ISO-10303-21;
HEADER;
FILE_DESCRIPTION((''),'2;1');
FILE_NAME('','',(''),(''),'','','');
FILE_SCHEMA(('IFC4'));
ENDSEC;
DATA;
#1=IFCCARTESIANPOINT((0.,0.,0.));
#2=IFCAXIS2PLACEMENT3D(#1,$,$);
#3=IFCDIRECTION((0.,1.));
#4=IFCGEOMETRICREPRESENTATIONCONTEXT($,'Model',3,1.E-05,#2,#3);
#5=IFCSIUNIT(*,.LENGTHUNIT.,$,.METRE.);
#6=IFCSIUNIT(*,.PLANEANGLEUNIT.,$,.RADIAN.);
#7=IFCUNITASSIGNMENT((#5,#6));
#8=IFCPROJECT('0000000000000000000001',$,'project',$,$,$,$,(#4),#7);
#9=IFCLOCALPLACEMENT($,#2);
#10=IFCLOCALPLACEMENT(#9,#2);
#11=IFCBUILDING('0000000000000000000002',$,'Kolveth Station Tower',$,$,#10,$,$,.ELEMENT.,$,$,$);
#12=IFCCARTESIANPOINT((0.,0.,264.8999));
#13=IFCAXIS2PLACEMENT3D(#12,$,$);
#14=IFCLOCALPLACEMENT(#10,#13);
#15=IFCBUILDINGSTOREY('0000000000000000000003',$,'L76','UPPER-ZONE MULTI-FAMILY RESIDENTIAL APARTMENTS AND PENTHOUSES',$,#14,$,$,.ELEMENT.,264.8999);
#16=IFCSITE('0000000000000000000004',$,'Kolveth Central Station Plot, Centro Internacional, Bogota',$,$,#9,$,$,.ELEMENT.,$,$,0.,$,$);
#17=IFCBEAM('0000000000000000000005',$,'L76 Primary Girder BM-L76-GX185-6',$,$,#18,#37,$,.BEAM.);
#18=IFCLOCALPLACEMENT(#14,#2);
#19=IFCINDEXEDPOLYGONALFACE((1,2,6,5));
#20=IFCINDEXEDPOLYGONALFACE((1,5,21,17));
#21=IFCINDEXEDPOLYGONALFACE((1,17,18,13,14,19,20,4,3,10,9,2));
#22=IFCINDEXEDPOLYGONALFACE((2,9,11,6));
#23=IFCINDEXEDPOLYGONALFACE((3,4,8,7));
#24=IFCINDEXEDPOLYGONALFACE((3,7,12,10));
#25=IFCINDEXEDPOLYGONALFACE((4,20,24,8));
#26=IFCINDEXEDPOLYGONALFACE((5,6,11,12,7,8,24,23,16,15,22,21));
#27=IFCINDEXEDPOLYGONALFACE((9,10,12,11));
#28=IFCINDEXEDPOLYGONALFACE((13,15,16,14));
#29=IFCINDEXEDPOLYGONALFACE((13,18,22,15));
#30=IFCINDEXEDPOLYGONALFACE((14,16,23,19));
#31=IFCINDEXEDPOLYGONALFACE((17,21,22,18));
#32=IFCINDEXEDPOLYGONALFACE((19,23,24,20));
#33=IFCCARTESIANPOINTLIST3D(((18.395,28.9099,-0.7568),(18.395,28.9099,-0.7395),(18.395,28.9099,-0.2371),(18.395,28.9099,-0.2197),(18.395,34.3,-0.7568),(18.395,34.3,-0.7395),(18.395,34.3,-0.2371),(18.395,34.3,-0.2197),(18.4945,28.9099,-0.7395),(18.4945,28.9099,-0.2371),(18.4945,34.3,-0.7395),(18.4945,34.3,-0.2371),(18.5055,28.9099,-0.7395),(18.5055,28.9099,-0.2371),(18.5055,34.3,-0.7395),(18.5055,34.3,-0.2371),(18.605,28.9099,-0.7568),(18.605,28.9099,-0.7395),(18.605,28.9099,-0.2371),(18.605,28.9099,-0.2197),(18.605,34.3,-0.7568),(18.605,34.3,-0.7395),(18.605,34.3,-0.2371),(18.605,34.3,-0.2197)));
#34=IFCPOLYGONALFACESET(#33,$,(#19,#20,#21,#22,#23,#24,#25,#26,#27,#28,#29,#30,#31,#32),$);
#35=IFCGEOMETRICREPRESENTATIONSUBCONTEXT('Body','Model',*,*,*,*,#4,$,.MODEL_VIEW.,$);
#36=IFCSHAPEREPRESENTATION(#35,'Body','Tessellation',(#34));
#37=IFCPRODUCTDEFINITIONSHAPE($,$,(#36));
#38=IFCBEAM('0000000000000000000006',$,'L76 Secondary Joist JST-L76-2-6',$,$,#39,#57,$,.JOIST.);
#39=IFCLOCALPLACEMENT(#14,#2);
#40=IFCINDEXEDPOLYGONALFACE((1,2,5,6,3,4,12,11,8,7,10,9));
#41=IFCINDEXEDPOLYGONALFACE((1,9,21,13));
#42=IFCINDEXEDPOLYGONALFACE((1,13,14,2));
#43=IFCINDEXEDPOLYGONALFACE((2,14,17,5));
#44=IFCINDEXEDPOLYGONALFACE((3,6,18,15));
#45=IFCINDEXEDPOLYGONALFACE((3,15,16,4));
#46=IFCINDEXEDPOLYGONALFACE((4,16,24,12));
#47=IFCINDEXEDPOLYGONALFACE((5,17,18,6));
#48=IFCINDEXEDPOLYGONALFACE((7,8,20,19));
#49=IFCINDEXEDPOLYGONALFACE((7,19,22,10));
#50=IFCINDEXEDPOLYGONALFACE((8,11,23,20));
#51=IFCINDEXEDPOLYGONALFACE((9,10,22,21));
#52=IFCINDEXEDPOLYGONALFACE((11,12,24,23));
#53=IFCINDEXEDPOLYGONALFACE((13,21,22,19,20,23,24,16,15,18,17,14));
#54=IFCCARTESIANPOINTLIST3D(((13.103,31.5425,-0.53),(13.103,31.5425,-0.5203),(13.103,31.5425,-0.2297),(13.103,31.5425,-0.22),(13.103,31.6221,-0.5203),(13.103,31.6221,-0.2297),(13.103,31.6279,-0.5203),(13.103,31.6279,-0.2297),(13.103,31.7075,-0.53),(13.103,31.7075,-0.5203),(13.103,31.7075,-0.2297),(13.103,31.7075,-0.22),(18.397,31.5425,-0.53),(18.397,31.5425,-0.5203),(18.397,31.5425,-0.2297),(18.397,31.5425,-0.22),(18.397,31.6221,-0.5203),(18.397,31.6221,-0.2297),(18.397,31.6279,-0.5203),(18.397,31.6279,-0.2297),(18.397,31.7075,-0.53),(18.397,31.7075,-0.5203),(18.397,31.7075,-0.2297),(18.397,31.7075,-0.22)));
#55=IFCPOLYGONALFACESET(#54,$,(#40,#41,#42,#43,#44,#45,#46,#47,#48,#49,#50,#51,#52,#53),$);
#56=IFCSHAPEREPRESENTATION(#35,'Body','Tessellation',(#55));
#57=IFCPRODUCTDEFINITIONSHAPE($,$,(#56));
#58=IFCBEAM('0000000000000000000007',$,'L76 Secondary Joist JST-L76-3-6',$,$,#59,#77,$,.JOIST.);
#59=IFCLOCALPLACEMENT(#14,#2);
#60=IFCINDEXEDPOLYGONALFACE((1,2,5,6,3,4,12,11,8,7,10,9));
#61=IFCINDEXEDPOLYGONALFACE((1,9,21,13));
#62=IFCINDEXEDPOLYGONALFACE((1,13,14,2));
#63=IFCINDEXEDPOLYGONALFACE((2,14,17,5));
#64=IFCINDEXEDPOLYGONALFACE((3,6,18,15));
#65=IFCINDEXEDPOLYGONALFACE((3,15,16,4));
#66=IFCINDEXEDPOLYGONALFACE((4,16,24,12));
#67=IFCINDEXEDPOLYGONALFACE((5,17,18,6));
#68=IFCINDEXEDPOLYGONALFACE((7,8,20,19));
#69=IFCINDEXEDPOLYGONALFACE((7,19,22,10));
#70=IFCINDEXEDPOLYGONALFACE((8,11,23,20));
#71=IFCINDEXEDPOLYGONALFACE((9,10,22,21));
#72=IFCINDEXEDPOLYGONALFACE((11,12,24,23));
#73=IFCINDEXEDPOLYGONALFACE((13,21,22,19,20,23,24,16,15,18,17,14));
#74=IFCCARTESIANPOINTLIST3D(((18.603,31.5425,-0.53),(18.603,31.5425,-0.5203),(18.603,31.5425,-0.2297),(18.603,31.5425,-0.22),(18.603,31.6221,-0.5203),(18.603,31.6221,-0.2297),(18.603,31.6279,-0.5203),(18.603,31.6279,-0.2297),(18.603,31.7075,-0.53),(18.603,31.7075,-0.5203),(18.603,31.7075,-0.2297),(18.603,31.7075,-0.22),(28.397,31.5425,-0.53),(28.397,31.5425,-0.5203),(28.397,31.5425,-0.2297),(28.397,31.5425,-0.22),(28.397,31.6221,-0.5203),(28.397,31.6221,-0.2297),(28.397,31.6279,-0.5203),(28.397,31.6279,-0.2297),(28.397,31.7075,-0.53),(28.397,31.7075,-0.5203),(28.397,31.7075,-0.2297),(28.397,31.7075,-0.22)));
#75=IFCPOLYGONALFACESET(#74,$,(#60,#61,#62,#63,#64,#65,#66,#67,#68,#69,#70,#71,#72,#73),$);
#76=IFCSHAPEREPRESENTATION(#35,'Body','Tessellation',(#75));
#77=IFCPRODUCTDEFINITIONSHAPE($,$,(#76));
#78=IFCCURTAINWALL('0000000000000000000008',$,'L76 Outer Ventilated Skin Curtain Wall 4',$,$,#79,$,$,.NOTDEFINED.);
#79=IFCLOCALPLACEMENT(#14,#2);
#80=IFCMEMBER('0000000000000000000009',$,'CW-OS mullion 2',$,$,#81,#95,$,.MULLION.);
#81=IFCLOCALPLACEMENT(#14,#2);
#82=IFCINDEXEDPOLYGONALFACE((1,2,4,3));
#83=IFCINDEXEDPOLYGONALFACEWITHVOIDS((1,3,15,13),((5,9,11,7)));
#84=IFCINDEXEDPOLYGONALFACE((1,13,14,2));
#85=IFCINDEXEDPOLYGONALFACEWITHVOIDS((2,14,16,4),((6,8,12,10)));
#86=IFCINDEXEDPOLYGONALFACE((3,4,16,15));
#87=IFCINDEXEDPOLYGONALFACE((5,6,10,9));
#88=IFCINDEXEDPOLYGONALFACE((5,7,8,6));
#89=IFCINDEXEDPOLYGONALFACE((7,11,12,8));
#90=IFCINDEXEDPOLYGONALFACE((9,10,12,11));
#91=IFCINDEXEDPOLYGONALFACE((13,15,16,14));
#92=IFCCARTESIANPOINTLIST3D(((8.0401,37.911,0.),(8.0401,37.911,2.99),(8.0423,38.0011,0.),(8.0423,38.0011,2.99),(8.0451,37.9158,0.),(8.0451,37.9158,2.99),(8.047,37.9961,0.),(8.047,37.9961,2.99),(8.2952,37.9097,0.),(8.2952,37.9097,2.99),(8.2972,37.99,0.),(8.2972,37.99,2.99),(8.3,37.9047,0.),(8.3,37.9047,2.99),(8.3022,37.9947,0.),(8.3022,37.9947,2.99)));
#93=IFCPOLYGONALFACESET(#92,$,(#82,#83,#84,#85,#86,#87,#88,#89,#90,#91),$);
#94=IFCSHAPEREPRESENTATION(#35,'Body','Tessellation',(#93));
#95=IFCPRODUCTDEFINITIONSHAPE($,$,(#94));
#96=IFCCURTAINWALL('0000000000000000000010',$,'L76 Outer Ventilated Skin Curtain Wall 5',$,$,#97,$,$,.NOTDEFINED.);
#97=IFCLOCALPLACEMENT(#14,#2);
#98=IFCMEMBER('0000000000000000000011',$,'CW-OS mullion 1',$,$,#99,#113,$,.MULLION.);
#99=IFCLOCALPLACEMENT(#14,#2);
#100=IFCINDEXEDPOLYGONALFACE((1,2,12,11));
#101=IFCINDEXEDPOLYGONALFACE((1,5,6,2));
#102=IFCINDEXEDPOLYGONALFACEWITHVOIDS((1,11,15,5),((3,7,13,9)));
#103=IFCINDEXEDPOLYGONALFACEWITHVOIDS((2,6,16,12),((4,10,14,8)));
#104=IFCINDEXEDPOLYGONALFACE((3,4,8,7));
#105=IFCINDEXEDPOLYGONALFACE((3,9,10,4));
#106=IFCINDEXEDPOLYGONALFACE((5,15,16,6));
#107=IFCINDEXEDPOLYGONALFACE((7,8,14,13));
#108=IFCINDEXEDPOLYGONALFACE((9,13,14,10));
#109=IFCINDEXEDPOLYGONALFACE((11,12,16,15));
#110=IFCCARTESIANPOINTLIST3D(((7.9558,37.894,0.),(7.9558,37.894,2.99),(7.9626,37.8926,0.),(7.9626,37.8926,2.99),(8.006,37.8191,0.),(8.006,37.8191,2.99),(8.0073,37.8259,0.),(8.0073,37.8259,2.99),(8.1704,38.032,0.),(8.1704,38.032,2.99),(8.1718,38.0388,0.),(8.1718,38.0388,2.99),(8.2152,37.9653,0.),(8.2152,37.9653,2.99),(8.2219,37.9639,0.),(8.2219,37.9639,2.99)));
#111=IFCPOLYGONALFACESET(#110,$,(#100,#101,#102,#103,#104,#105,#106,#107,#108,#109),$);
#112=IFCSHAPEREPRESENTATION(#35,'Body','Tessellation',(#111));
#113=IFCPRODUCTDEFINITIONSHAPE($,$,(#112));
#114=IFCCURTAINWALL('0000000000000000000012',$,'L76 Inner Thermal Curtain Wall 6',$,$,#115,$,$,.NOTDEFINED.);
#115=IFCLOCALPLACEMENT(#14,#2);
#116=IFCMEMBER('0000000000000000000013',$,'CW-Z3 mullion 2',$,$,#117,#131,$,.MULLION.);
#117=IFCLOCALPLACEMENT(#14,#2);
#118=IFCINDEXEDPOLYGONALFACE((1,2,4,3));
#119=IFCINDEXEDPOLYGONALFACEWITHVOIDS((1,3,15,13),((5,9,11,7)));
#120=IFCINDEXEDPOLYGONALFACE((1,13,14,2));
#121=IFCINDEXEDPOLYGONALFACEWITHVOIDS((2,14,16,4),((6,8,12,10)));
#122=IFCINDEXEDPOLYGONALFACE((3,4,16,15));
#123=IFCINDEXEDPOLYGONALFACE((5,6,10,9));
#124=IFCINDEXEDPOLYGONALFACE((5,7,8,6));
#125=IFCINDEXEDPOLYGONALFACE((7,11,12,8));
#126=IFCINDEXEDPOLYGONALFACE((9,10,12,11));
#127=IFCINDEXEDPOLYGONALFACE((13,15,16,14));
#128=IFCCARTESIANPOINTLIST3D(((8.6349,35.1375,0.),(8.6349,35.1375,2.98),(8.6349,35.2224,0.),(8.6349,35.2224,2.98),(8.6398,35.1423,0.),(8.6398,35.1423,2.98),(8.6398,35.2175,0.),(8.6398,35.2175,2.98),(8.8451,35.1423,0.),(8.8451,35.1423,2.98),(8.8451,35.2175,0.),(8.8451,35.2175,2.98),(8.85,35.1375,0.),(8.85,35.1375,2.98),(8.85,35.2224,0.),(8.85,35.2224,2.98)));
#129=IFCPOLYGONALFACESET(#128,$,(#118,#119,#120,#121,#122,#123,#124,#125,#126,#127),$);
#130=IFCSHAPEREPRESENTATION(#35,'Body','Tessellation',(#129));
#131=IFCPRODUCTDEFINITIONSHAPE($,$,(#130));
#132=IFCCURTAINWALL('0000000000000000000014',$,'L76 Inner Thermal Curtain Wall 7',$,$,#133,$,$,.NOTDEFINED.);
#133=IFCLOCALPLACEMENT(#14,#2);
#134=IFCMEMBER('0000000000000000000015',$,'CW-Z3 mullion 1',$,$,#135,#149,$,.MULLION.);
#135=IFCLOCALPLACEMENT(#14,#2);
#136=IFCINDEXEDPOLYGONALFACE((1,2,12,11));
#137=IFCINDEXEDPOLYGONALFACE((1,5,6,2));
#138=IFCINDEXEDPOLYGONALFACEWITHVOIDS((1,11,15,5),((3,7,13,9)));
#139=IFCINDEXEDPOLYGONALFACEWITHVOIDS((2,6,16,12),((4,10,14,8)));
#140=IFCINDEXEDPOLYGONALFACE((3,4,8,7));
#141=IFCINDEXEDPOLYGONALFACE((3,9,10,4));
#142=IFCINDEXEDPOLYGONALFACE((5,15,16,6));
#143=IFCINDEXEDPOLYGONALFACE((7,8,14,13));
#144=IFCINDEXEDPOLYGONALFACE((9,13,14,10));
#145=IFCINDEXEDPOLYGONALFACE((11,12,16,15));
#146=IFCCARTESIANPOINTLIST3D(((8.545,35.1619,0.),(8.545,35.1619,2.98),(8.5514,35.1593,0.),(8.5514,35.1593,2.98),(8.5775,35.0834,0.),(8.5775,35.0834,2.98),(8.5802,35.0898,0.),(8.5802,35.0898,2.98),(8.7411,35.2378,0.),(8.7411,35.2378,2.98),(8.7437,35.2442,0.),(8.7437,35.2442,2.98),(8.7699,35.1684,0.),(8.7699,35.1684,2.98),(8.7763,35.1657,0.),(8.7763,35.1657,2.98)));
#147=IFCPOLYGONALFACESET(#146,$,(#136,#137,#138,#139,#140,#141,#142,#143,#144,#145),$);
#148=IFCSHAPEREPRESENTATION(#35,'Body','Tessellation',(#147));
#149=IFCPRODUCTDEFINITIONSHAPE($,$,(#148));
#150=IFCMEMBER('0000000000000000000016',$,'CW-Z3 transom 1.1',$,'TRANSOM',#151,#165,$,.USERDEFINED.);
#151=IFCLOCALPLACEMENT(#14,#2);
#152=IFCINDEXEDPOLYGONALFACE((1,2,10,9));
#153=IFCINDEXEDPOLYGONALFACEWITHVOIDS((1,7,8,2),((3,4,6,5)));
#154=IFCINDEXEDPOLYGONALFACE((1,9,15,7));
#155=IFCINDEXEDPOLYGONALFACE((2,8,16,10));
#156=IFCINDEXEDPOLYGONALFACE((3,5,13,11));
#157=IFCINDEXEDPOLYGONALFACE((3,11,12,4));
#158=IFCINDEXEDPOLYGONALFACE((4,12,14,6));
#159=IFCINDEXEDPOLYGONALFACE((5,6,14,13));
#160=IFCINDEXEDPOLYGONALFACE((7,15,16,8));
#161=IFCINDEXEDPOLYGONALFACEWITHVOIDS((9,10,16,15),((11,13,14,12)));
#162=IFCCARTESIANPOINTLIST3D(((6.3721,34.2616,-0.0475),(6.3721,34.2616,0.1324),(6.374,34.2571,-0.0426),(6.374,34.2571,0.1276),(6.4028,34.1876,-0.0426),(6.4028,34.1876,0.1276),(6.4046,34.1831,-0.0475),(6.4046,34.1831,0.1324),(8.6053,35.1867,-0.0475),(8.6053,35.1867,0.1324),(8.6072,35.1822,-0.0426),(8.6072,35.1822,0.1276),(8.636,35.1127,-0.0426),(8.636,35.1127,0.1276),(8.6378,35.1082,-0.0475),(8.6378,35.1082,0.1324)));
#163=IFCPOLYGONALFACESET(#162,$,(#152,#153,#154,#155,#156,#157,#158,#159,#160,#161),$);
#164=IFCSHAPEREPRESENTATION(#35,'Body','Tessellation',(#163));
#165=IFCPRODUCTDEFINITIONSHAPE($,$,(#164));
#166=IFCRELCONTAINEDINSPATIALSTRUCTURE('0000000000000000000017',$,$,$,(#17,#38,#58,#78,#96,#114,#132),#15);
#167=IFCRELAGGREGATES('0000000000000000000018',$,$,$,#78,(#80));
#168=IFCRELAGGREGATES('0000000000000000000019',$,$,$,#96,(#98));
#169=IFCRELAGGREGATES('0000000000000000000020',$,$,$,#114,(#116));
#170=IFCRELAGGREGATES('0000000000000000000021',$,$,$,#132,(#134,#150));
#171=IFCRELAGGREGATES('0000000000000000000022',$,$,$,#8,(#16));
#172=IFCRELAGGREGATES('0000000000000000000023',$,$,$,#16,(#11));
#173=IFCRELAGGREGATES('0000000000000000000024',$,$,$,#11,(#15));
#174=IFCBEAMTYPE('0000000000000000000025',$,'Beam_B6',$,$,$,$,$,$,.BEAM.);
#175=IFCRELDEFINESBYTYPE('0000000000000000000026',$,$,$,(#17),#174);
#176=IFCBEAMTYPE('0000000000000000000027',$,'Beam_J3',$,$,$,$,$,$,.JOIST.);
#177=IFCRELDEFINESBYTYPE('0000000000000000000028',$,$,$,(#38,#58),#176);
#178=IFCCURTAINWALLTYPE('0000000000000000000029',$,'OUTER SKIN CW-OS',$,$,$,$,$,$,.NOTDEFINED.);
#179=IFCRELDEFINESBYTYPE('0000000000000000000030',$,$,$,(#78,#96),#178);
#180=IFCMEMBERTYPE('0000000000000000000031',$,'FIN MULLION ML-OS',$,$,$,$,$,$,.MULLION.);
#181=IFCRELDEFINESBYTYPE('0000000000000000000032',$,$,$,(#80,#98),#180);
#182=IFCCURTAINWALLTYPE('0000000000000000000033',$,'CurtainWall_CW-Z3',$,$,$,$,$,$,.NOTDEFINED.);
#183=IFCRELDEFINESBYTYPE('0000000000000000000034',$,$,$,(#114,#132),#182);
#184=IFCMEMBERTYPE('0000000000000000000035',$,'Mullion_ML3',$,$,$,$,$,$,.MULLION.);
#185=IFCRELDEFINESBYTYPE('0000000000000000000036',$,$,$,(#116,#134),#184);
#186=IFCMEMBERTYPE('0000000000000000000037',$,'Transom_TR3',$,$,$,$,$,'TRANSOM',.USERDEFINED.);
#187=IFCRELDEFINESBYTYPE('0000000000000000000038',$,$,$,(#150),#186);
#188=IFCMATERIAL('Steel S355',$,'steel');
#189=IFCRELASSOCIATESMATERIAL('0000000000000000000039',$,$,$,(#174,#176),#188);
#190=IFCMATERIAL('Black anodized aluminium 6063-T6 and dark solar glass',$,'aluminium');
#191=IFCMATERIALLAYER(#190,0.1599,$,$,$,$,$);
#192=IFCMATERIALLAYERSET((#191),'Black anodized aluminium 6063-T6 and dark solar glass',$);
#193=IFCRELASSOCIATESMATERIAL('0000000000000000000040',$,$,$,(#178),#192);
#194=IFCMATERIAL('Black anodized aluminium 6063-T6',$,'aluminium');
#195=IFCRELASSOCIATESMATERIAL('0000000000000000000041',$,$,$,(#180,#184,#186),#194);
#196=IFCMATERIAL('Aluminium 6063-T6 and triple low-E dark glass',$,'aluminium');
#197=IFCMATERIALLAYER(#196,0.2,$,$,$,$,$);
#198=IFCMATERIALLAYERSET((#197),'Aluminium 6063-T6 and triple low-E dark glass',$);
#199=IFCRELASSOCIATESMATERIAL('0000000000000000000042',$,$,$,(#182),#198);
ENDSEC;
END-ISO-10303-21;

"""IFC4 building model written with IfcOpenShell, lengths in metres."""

from ifc_helpers import new_model, si_unit, direction, frame, origin, origin_2d, place, context, subcontext, project, spatial, hollow_rectangle, i_section, extrude, source, transform, mapped, material, layer, layer_set, material_profile, profile_set, type_object, element, aggregate, save


model = new_model("IFC4")

# Units and contexts
model_context = context("Model", 3, precision=1e-05, world=origin(), true_north=direction((0.0, 1.0)))
body_context = subcontext(model_context, "Body", "Model", "MODEL_VIEW")
ifc_project = project(units=[si_unit("LENGTHUNIT", "METRE"), si_unit("PLANEANGLEUNIT", "RADIAN")], contexts=[model_context])

# Site, building, storey
site_placement = place(None, origin())
site = spatial("IfcSite", under=ifc_project, at=site_placement, Name="Kolveth Central Station Plot, Centro Internacional, Bogota", CompositionType="ELEMENT", RefElevation=0.0)
building_placement = place(site_placement, origin())
building = spatial("IfcBuilding", under=site, at=building_placement, Name="Kolveth Station Tower", CompositionType="ELEMENT")
storey_placement = place(building_placement, frame((0.0, 0.0, 264.8999)))
storey = spatial("IfcBuildingStorey", under=building, at=storey_placement, Name="L76", Description="UPPER-ZONE MULTI-FAMILY RESIDENTIAL APARTMENTS AND PENTHOUSES", CompositionType="ELEMENT", Elevation=264.8999)

# Shared definitions
ifc_material_1 = material(Name="Steel S355", Category="steel")

# Beams
ifc_material_profile_1 = material_profile(ifc_material_1, i_section(OverallWidth=0.21, OverallDepth=0.5371, WebThickness=0.011, FlangeThickness=0.0173, at=origin_2d()), Name="W530x101")
ifc_profile_set_1 = profile_set([ifc_material_profile_1], Name="Steel S355")
beam_type_1 = type_object("IfcBeamType", Name="Beam_B6", PredefinedType="BEAM", material=ifc_profile_set_1)
shared_shape_1 = source(origin(), body_context, "Body", "SweptSolid", [
    extrude(i_section(OverallWidth=0.21, OverallDepth=0.5371, WebThickness=0.011, FlangeThickness=0.0173, at=origin_2d()), origin(), (0.0, 0.0, 1.0), 5.3901),
])
beam_1_placement = place(storey_placement, frame((18.5, 28.9099, -0.4883), z_axis=(0.0, 1.0, 0.0), x_axis=(-1.0, 0.0, 0.0)))
element("IfcBeam", 1, at=beam_1_placement, inside=storey, type_object=beam_type_1, Name="L76 Primary Girder BM-L76-GX185-6", PredefinedType="BEAM", context=body_context, shape_type="MappedRepresentation", body=[
    mapped(shared_shape_1, transform((0.0, 0.0, 0.0), x_axis=(1.0, 0.0, 0.0), y_axis=(0.0, 1.0, 0.0), z_axis=(0.0, 0.0, 1.0), scale=1.0)),
])
ifc_material_profile_2 = material_profile(ifc_material_1, i_section(OverallWidth=0.165, OverallDepth=0.3101, WebThickness=0.0059, FlangeThickness=0.0098, at=origin_2d()), Name="W310x39")
ifc_profile_set_2 = profile_set([ifc_material_profile_2], Name="Steel S355")
beam_type_2 = type_object("IfcBeamType", Name="Beam_J3", PredefinedType="JOIST", material=ifc_profile_set_2)
shared_shape_2 = source(origin(), body_context, "Body", "SweptSolid", [
    extrude(i_section(OverallWidth=0.165, OverallDepth=0.3101, WebThickness=0.0059, FlangeThickness=0.0098, at=origin_2d()), origin(), (0.0, 0.0, 1.0), 5.2939),
])
beam_2_placement = place(storey_placement, frame((13.103, 31.625, -0.375), z_axis=(1.0, 0.0, 0.0), x_axis=(0.0, 1.0, 0.0)))
element("IfcBeam", 2, at=beam_2_placement, inside=storey, type_object=beam_type_2, Name="L76 Secondary Joist JST-L76-2-6", PredefinedType="JOIST", context=body_context, shape_type="MappedRepresentation", body=[
    mapped(shared_shape_2, transform((0.0, 0.0, 0.0), x_axis=(1.0, 0.0, 0.0), y_axis=(0.0, 1.0, 0.0), z_axis=(0.0, 0.0, 1.0), scale=1.0)),
])
shared_shape_3 = source(origin(), body_context, "Body", "SweptSolid", [
    extrude(i_section(OverallWidth=0.165, OverallDepth=0.3101, WebThickness=0.0059, FlangeThickness=0.0098, at=origin_2d()), origin(), (0.0, 0.0, 1.0), 9.7939),
])
beam_3_placement = place(storey_placement, frame((18.603, 31.625, -0.375), z_axis=(1.0, 0.0, 0.0), x_axis=(0.0, 1.0, 0.0)))
element("IfcBeam", 3, at=beam_3_placement, inside=storey, type_object=beam_type_2, Name="L76 Secondary Joist JST-L76-3-6", PredefinedType="JOIST", context=body_context, shape_type="MappedRepresentation", body=[
    mapped(shared_shape_3, transform((0.0, 0.0, 0.0), x_axis=(1.0, 0.0, 0.0), y_axis=(0.0, 1.0, 0.0), z_axis=(0.0, 0.0, 1.0), scale=1.0)),
])

# Curtain walls, members
ifc_material_2 = material(Name="Black anodized aluminium 6063-T6 and dark solar glass", Category="aluminium")
ifc_layer_1 = layer(ifc_material_2, 0.1599)
ifc_layer_set_1 = layer_set([ifc_layer_1], Name="Black anodized aluminium 6063-T6 and dark solar glass")
curtain_wall_type_1 = type_object("IfcCurtainWallType", Name="OUTER SKIN CW-OS", PredefinedType="NOTDEFINED", material=ifc_layer_set_1)
curtain_wall_1_placement = place(storey_placement, origin())
curtain_wall_1 = element("IfcCurtainWall", 4, at=curtain_wall_1_placement, inside=storey, type_object=curtain_wall_type_1, Name="L76 Outer Ventilated Skin Curtain Wall 4", PredefinedType="NOTDEFINED")
ifc_material_3 = material(Name="Black anodized aluminium 6063-T6", Category="aluminium")
ifc_material_profile_3 = material_profile(ifc_material_3, hollow_rectangle(XDim=0.0901, YDim=0.26, WallThickness=0.0049, at=origin_2d()), Name="ALU-90x260x5")
ifc_profile_set_3 = profile_set([ifc_material_profile_3], Name="Black anodized aluminium 6063-T6")
member_type_1 = type_object("IfcMemberType", Name="FIN MULLION ML-OS", PredefinedType="MULLION", material=ifc_profile_set_3)
shared_shape_4 = source(origin(), body_context, "Body", "SweptSolid", [
    extrude(hollow_rectangle(XDim=0.0901, YDim=0.26, WallThickness=0.0049, at=origin_2d()), origin(), (0.0, 0.0, 1.0), 2.99),
])
member_1_placement = place(storey_placement, frame((8.1711, 37.9529, 0.0), z_axis=(0.0, 0.0, 1.0), x_axis=(-0.024428, -0.999702, 0.0)))
member_1 = element("IfcMember", 5, at=member_1_placement, type_object=member_type_1, Name="CW-OS mullion 2", PredefinedType="MULLION", context=body_context, shape_type="MappedRepresentation", body=[
    mapped(shared_shape_4, transform((0.0, 0.0, 0.0), x_axis=(1.0, 0.0, 0.0), y_axis=(0.0, 1.0, 0.0), z_axis=(0.0, 0.0, 1.0), scale=1.0)),
])
aggregate(curtain_wall_1, [member_1])
curtain_wall_2_placement = place(storey_placement, origin())
curtain_wall_2 = element("IfcCurtainWall", 6, at=curtain_wall_2_placement, inside=storey, type_object=curtain_wall_type_1, Name="L76 Outer Ventilated Skin Curtain Wall 5", PredefinedType="NOTDEFINED")
member_2_placement = place(storey_placement, frame((8.0889, 37.929, 0.0), z_axis=(0.0, 0.0, 1.0), x_axis=(0.556925, -0.830563, 0.0)))
member_2 = element("IfcMember", 7, at=member_2_placement, type_object=member_type_1, Name="CW-OS mullion 1", PredefinedType="MULLION", context=body_context, shape_type="MappedRepresentation", body=[
    mapped(shared_shape_4, transform((0.0, 0.0, 0.0), x_axis=(1.0, 0.0, 0.0), y_axis=(0.0, 1.0, 0.0), z_axis=(0.0, 0.0, 1.0), scale=1.0)),
])
aggregate(curtain_wall_2, [member_2])
ifc_material_4 = material(Name="Aluminium 6063-T6 and triple low-E dark glass", Category="aluminium")
ifc_layer_2 = layer(ifc_material_4, 0.2)
ifc_layer_set_2 = layer_set([ifc_layer_2], Name="Aluminium 6063-T6 and triple low-E dark glass")
curtain_wall_type_2 = type_object("IfcCurtainWallType", Name="CurtainWall_CW-Z3", PredefinedType="NOTDEFINED", material=ifc_layer_set_2)
curtain_wall_3_placement = place(storey_placement, origin())
curtain_wall_3 = element("IfcCurtainWall", 8, at=curtain_wall_3_placement, inside=storey, type_object=curtain_wall_type_2, Name="L76 Inner Thermal Curtain Wall 6", PredefinedType="NOTDEFINED")
ifc_material_profile_4 = material_profile(ifc_material_3, hollow_rectangle(XDim=0.085, YDim=0.2151, WallThickness=0.0049, at=origin_2d()), Name="ALU-85x215x5")
ifc_profile_set_4 = profile_set([ifc_material_profile_4], Name="Black anodized aluminium 6063-T6")
member_type_2 = type_object("IfcMemberType", Name="Mullion_ML3", PredefinedType="MULLION", material=ifc_profile_set_4)
shared_shape_5 = source(origin(), body_context, "Body", "SweptSolid", [
    extrude(hollow_rectangle(XDim=0.085, YDim=0.2151, WallThickness=0.0049, at=origin_2d()), origin(), (0.0, 0.0, 1.0), 2.98),
])
member_3_placement = place(storey_placement, frame((8.7424, 35.1799, 0.0), z_axis=(0.0, 0.0, 1.0), x_axis=(0.0, -1.0, 0.0)))
member_3 = element("IfcMember", 9, at=member_3_placement, type_object=member_type_2, Name="CW-Z3 mullion 2", PredefinedType="MULLION", context=body_context, shape_type="MappedRepresentation", body=[
    mapped(shared_shape_5, transform((0.0, 0.0, 0.0), x_axis=(1.0, 0.0, 0.0), y_axis=(0.0, 1.0, 0.0), z_axis=(0.0, 0.0, 1.0), scale=1.0)),
])
aggregate(curtain_wall_3, [member_3])

# Curtain wall, members
curtain_wall_4_placement = place(storey_placement, origin())
curtain_wall_4 = element("IfcCurtainWall", 10, at=curtain_wall_4_placement, inside=storey, type_object=curtain_wall_type_2, Name="L76 Inner Thermal Curtain Wall 7", PredefinedType="NOTDEFINED")
member_4_placement = place(storey_placement, frame((8.6606, 35.1638, 0.0), z_axis=(0.0, 0.0, 1.0), x_axis=(0.382693, -0.923875, 0.0)))
member_4 = element("IfcMember", 11, at=member_4_placement, type_object=member_type_2, Name="CW-Z3 mullion 1", PredefinedType="MULLION", context=body_context, shape_type="MappedRepresentation", body=[
    mapped(shared_shape_5, transform((0.0, 0.0, 0.0), x_axis=(1.0, 0.0, 0.0), y_axis=(0.0, 1.0, 0.0), z_axis=(0.0, 0.0, 1.0), scale=1.0)),
])
ifc_material_profile_5 = material_profile(ifc_material_3, hollow_rectangle(XDim=0.085, YDim=0.1799, WallThickness=0.0049, at=origin_2d()), Name="ALU-85x180x5")
ifc_profile_set_5 = profile_set([ifc_material_profile_5], Name="Black anodized aluminium 6063-T6")
member_type_3 = type_object("IfcMemberType", Name="Transom_TR3", ElementType="TRANSOM", PredefinedType="USERDEFINED", material=ifc_profile_set_5)
shared_shape_6 = source(origin(), body_context, "Body", "SweptSolid", [
    extrude(hollow_rectangle(XDim=0.085, YDim=0.1799, WallThickness=0.0049, at=origin_2d()), origin(), (0.0, 0.0, 1.0), 2.4172),
])
member_5_placement = place(storey_placement, frame((8.6216, 35.1475, 0.0425), z_axis=(-0.923873, -0.3827, 0.0), x_axis=(0.3827, -0.923873, 0.0)))
member_5 = element("IfcMember", 12, at=member_5_placement, type_object=member_type_3, Name="CW-Z3 transom 1.1", ObjectType="TRANSOM", PredefinedType="USERDEFINED", context=body_context, shape_type="MappedRepresentation", body=[
    mapped(shared_shape_6, transform((0.0, 0.0, 0.0), x_axis=(1.0, 0.0, 0.0), y_axis=(0.0, 1.0, 0.0), z_axis=(0.0, 0.0, 1.0), scale=1.0)),
])
aggregate(curtain_wall_4, [member_4, member_5])

save(model, "model.ifc")
